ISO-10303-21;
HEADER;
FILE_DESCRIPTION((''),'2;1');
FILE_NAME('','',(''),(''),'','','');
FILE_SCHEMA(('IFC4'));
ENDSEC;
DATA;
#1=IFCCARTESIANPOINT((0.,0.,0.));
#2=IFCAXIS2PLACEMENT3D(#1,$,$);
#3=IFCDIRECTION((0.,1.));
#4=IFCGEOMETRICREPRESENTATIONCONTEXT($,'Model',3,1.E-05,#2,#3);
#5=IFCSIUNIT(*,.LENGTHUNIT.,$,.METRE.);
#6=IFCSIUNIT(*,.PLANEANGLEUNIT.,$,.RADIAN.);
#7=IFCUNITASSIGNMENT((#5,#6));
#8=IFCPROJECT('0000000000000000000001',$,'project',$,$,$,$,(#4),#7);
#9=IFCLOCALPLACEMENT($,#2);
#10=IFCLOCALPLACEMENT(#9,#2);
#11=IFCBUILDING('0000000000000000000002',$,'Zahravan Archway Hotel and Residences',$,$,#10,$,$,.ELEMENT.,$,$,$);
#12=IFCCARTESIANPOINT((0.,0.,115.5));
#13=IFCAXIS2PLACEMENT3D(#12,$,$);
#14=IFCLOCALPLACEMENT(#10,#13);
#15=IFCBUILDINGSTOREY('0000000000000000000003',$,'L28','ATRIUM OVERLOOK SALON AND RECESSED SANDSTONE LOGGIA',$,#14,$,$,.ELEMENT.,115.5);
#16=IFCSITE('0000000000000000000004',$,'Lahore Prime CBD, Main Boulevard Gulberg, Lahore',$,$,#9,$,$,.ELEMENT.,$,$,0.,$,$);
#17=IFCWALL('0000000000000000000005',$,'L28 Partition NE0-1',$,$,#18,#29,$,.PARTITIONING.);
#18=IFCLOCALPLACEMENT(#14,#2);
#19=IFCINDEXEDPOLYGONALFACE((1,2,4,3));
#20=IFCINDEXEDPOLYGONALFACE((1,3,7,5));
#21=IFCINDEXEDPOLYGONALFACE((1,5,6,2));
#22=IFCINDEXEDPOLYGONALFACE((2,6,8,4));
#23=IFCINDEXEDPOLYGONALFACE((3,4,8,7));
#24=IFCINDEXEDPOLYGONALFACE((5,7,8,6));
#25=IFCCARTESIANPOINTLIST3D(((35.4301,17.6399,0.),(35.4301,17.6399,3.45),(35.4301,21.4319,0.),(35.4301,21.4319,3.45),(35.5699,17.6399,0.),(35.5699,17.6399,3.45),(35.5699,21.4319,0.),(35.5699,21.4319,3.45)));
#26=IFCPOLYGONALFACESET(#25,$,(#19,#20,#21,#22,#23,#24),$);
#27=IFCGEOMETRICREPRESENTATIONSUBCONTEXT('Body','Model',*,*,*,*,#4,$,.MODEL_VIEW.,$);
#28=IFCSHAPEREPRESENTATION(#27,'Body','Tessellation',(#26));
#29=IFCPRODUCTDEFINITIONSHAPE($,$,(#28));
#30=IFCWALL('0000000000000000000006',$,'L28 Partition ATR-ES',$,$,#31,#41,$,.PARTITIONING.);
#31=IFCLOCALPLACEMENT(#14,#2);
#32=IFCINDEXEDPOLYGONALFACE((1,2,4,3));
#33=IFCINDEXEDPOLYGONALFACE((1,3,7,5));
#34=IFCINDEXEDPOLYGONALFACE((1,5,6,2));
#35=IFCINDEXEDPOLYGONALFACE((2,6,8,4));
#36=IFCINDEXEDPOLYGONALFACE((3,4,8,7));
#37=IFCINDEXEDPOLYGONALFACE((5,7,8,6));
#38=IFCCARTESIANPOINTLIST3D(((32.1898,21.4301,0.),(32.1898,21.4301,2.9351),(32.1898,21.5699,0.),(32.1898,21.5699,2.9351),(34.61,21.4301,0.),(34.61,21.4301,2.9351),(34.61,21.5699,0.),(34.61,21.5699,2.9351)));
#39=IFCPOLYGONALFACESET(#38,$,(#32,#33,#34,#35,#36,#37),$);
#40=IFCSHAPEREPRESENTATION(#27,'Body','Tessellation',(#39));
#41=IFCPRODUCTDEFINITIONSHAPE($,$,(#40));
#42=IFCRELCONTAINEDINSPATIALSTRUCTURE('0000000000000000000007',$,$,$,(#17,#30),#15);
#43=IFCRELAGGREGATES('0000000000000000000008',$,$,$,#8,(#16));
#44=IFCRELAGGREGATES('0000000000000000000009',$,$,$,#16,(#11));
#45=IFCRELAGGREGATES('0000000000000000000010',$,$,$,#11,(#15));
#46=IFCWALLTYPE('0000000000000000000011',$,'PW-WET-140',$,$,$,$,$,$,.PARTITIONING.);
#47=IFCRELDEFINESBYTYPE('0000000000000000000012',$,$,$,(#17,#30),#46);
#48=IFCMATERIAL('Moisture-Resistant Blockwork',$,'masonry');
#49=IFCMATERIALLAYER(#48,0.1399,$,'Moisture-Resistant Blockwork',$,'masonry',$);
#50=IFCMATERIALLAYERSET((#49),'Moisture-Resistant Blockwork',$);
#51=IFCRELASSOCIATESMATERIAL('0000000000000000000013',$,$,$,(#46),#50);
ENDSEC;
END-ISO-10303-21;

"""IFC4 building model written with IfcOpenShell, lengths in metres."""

from ifc_helpers import new_model, si_unit, direction, frame, frame_2d, origin, place, context, subcontext, project, spatial, rectangle, extrude, material, layer, layer_set, type_object, element, save


model = new_model("IFC4")

# Units and contexts
model_context = context("Model", 3, precision=1e-05, world=origin(), true_north=direction((0.0, 1.0)))
body_context = subcontext(model_context, "Body", "Model", "MODEL_VIEW")
ifc_project = project(units=[si_unit("LENGTHUNIT", "METRE"), si_unit("PLANEANGLEUNIT", "RADIAN")], contexts=[model_context])

# Site, building, storey
site_placement = place(None, origin())
site = spatial("IfcSite", under=ifc_project, at=site_placement, Name="Lahore Prime CBD, Main Boulevard Gulberg, Lahore", CompositionType="ELEMENT", RefElevation=0.0)
building_placement = place(site_placement, origin())
building = spatial("IfcBuilding", under=site, at=building_placement, Name="Zahravan Archway Hotel and Residences", CompositionType="ELEMENT")
storey_placement = place(building_placement, frame((0.0, 0.0, 115.5)))
storey = spatial("IfcBuildingStorey", under=building, at=storey_placement, Name="L28", Description="ATRIUM OVERLOOK SALON AND RECESSED SANDSTONE LOGGIA", CompositionType="ELEMENT", Elevation=115.5)

# Walls
ifc_material_1 = material(Name="Moisture-Resistant Blockwork", Category="masonry")
ifc_layer_1 = layer(ifc_material_1, 0.1399, Name="Moisture-Resistant Blockwork", Category="masonry")
ifc_layer_set_1 = layer_set([ifc_layer_1], Name="Moisture-Resistant Blockwork")
wall_type_1 = type_object("IfcWallType", Name="PW-WET-140", PredefinedType="PARTITIONING", material=ifc_layer_set_1)
wall_1_placement = place(storey_placement, frame((35.5, 17.6399, 0.0), z_axis=(0.0, 0.0, 1.0), x_axis=(0.0, 1.0, 0.0)))
element("IfcWall", 1, at=wall_1_placement, inside=storey, type_object=wall_type_1, Name="L28 Partition NE0-1", PredefinedType="PARTITIONING", context=body_context, shape_type="SweptSolid", body=[
    extrude(rectangle(XDim=3.792, YDim=0.1399, at=frame_2d((1.896, 0.0))), origin(), (0.0, 0.0, 1.0), 3.45),
])
wall_2_placement = place(storey_placement, frame((32.1899, 21.5, 0.0), z_axis=(0.0, 0.0, 1.0), x_axis=(1.0, 0.0, 0.0)))
element("IfcWall", 2, at=wall_2_placement, inside=storey, type_object=wall_type_1, Name="L28 Partition ATR-ES", PredefinedType="PARTITIONING", context=body_context, shape_type="SweptSolid", body=[
    extrude(rectangle(XDim=2.4202, YDim=0.1399, at=frame_2d((1.21, 0.0))), origin(), (0.0, 0.0, 1.0), 2.9351),
])

save(model, "model.ifc")
